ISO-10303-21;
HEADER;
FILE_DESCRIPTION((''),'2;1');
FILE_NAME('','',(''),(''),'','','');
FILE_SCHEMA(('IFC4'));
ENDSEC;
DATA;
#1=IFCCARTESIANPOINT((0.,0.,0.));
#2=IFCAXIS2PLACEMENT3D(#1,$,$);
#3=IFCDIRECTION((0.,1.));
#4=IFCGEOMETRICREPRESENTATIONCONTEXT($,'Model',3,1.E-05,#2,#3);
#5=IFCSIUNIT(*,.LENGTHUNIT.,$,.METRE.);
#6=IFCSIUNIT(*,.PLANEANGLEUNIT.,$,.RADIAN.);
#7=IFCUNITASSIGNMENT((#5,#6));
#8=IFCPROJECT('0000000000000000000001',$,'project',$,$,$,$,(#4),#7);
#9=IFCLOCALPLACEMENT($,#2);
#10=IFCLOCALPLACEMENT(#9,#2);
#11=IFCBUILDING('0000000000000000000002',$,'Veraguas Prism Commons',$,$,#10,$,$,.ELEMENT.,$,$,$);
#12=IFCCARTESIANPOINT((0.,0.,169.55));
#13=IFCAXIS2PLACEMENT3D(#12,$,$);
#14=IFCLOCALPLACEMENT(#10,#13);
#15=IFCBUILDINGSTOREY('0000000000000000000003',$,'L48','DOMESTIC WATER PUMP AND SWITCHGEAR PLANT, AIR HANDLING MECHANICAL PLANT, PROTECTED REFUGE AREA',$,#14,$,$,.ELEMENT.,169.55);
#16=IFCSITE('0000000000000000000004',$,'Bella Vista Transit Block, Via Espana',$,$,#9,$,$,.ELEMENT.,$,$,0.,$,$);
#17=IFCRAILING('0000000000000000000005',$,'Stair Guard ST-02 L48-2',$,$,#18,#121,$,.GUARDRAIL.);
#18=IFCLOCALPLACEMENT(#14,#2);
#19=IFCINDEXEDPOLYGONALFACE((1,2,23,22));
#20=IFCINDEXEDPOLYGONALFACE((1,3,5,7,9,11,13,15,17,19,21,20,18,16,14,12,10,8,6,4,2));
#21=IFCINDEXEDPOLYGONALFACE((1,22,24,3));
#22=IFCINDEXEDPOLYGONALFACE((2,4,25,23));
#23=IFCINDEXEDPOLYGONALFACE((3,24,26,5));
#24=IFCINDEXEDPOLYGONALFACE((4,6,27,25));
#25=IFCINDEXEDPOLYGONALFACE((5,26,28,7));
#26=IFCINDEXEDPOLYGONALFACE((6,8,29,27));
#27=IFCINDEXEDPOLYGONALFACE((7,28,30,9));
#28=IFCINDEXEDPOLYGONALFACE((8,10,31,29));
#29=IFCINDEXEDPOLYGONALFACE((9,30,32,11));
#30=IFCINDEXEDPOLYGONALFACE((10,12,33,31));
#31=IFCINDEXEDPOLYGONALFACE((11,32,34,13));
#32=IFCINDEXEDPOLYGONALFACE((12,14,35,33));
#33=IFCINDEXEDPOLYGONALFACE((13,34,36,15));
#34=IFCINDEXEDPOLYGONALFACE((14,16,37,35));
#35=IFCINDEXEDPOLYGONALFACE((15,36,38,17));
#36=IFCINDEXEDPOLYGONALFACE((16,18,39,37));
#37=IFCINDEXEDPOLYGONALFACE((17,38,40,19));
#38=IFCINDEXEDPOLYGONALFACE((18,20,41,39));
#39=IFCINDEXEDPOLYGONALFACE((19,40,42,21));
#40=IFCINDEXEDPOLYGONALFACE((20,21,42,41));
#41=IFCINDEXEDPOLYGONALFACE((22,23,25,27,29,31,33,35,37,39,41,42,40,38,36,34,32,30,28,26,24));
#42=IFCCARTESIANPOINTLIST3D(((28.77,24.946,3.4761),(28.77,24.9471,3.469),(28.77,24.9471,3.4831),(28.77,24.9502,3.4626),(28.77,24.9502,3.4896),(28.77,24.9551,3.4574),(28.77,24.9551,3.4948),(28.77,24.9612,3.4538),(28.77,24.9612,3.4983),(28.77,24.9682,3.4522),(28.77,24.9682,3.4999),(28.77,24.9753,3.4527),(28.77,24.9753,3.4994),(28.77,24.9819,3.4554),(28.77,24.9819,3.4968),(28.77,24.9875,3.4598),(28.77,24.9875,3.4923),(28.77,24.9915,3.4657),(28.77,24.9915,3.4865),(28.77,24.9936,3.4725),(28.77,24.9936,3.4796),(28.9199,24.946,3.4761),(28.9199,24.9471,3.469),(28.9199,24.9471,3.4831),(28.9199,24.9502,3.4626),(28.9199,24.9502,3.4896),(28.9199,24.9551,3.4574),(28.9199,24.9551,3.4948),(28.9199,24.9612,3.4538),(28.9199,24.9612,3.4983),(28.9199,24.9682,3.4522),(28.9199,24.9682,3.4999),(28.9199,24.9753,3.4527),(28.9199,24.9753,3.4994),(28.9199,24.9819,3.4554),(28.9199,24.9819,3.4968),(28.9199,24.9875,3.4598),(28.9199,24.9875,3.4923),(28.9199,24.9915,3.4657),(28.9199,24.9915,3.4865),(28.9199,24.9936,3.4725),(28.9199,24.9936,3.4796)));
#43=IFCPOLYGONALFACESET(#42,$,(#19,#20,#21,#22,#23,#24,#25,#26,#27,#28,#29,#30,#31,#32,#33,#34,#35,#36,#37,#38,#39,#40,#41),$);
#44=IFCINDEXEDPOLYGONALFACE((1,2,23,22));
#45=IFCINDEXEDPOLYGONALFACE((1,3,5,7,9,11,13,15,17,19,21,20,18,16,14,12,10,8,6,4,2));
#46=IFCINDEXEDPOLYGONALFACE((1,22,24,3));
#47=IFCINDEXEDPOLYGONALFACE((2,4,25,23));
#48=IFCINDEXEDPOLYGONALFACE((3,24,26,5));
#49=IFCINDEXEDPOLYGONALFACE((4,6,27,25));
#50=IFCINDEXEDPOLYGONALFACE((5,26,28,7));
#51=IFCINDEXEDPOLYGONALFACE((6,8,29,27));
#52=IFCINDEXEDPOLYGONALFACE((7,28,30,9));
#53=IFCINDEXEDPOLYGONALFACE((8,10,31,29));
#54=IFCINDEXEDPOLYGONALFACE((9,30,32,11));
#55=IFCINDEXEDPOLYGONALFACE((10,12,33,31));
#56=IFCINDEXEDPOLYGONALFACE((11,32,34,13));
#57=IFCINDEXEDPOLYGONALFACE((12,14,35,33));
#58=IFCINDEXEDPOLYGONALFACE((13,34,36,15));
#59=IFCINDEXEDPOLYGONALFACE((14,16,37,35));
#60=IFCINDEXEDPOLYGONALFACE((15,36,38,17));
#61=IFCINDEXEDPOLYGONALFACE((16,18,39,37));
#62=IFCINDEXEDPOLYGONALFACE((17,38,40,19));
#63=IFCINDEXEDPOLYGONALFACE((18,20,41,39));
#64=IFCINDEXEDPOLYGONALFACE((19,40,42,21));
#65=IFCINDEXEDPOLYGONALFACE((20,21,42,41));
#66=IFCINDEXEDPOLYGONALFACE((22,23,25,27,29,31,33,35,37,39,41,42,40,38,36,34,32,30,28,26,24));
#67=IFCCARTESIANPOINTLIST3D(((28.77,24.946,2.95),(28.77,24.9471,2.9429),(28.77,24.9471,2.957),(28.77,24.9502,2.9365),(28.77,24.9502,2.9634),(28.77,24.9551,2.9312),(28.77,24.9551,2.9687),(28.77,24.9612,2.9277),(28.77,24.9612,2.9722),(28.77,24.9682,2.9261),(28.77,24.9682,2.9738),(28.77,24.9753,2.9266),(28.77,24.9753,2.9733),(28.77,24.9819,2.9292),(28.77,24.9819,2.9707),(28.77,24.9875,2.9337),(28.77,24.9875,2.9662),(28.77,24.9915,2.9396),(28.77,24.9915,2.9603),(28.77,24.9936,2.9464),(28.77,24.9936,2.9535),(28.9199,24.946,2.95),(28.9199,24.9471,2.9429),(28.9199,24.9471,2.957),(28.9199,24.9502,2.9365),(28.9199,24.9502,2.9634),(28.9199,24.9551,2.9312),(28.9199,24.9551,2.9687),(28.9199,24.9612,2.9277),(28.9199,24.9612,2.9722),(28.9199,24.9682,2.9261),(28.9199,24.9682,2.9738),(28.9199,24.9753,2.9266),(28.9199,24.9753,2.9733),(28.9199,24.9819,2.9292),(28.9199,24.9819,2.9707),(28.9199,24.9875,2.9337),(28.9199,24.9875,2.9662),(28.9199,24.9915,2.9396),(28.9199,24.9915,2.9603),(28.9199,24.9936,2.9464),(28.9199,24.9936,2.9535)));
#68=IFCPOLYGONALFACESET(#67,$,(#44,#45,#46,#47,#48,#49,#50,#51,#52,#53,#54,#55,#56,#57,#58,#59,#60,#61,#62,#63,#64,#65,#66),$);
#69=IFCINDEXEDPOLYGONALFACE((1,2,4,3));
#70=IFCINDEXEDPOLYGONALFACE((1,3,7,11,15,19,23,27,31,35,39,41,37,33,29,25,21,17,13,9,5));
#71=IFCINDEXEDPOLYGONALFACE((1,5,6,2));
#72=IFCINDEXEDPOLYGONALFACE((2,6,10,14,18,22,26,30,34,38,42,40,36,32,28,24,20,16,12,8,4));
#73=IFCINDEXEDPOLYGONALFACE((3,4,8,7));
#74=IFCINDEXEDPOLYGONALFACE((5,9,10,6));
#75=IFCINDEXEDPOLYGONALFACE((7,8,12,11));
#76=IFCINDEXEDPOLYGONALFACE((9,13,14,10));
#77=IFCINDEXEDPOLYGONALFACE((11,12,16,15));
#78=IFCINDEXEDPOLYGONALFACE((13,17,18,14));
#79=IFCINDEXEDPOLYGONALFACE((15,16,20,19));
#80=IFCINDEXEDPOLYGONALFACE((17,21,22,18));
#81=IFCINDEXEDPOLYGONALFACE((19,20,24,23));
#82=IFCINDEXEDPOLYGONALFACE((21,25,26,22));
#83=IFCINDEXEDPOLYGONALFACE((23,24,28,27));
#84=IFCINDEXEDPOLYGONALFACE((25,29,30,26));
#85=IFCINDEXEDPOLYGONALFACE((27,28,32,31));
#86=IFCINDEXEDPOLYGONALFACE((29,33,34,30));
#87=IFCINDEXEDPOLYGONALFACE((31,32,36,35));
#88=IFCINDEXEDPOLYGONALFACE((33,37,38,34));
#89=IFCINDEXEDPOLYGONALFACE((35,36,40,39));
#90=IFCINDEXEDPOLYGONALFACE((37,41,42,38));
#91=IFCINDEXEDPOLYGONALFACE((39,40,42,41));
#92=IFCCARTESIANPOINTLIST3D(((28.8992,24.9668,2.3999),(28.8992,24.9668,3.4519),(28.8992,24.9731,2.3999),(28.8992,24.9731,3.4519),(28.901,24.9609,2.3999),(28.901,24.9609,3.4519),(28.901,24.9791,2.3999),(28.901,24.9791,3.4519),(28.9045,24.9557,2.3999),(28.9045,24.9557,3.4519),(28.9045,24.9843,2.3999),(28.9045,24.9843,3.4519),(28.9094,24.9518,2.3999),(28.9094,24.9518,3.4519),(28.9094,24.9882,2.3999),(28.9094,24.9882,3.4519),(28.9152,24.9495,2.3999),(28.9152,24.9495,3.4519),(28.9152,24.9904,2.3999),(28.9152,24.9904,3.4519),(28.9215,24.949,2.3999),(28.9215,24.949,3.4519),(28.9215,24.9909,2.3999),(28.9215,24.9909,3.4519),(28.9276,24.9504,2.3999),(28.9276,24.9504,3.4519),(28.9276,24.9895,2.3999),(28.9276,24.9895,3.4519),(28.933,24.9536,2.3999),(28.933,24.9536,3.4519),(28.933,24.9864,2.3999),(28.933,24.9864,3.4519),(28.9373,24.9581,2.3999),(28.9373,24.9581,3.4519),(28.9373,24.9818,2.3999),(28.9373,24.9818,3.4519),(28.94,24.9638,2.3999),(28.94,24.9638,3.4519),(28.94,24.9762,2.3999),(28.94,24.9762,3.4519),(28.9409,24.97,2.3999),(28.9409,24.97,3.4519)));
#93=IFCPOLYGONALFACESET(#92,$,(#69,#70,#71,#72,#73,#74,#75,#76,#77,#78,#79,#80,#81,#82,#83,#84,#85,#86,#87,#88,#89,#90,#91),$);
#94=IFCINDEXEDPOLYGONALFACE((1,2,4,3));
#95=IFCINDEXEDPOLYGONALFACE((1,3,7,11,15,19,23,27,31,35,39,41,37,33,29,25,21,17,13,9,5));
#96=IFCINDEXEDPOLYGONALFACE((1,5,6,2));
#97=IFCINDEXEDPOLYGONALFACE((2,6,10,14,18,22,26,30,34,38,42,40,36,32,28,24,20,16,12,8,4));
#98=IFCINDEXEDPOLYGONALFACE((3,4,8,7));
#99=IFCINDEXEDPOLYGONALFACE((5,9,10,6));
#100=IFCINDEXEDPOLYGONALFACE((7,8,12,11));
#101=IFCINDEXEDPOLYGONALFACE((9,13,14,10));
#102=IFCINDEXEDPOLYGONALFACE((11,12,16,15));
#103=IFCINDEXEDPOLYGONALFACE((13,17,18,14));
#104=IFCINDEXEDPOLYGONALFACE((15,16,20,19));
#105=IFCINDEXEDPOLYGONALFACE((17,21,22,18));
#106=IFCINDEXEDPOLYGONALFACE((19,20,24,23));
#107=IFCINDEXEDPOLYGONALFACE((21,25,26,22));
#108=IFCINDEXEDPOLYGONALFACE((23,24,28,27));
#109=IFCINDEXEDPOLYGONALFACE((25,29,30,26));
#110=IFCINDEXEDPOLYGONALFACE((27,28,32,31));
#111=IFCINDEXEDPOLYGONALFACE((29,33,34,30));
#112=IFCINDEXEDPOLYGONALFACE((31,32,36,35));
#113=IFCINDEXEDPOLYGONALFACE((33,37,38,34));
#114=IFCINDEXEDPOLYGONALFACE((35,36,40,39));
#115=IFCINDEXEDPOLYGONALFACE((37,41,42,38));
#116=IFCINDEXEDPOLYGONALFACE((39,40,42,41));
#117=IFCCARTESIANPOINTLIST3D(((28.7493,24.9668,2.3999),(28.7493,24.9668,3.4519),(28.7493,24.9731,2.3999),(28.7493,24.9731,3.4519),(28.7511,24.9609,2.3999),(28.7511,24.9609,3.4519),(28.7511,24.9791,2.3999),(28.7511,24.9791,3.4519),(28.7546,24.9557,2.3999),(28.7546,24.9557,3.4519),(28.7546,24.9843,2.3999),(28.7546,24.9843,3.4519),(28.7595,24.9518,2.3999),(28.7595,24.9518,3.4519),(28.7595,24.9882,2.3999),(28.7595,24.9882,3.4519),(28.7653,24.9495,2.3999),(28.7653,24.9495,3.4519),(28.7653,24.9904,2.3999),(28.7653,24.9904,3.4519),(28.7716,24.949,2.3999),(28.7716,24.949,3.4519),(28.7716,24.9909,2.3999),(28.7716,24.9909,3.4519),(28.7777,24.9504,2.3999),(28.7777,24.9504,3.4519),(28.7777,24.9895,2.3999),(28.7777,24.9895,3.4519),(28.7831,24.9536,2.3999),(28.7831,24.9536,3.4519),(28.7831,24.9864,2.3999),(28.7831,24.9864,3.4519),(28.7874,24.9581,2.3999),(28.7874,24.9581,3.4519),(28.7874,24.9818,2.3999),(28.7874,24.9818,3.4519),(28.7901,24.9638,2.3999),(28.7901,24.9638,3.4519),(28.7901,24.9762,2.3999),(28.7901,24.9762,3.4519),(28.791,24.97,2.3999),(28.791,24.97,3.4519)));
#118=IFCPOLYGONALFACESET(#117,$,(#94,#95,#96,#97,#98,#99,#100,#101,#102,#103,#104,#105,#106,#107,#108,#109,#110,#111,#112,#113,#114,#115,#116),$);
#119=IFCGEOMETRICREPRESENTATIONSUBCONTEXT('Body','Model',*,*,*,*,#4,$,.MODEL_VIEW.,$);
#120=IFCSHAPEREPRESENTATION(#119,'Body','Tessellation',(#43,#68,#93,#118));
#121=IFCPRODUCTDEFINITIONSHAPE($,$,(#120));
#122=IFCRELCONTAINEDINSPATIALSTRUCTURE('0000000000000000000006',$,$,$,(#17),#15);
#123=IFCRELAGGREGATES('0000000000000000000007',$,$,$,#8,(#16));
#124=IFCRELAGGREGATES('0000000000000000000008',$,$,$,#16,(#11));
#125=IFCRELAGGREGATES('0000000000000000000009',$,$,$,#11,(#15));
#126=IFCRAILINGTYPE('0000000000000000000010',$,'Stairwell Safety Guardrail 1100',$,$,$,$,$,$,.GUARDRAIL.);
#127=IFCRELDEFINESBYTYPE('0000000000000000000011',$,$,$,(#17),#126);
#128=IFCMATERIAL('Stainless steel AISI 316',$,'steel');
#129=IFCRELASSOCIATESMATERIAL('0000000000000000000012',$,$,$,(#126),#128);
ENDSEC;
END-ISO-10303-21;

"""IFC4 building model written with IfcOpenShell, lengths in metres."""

from ifc_helpers import new_model, si_unit, direction, frame, origin, origin_2d, place, context, subcontext, project, spatial, circle, extrude, material, type_object, element, save


model = new_model("IFC4")

# Units and contexts
model_context = context("Model", 3, precision=1e-05, world=origin(), true_north=direction((0.0, 1.0)))
body_context = subcontext(model_context, "Body", "Model", "MODEL_VIEW")
ifc_project = project(units=[si_unit("LENGTHUNIT", "METRE"), si_unit("PLANEANGLEUNIT", "RADIAN")], contexts=[model_context])

# Site, building, storey
site_placement = place(None, origin())
site = spatial("IfcSite", under=ifc_project, at=site_placement, Name="Bella Vista Transit Block, Via Espana", CompositionType="ELEMENT", RefElevation=0.0)
building_placement = place(site_placement, origin())
building = spatial("IfcBuilding", under=site, at=building_placement, Name="Veraguas Prism Commons", CompositionType="ELEMENT")
storey_placement = place(building_placement, frame((0.0, 0.0, 169.55)))
storey = spatial("IfcBuildingStorey", under=building, at=storey_placement, Name="L48", Description="DOMESTIC WATER PUMP AND SWITCHGEAR PLANT, AIR HANDLING MECHANICAL PLANT, PROTECTED REFUGE AREA", CompositionType="ELEMENT", Elevation=169.55)

# Shared definitions
ifc_material_1 = material(Name="Stainless steel AISI 316", Category="steel")

# Railing
railing_type_1 = type_object("IfcRailingType", Name="Stairwell Safety Guardrail 1100", PredefinedType="GUARDRAIL", material=ifc_material_1)
railing_1_placement = place(storey_placement, frame((28.9199, 24.97, 2.3999)))
element("IfcRailing", 1, at=railing_1_placement, inside=storey, type_object=railing_type_1, Name="Stair Guard ST-02 L48-2", PredefinedType="GUARDRAIL", context=body_context, shape_type="SweptSolid", body=[
    extrude(circle(Radius=0.0239, at=origin_2d()), frame((0.0, 0.0, 1.0762), z_axis=(-1.0, 0.0, 0.0), x_axis=(0.0, -1.0, 0.0)), (0.0, 0.0, 1.0), 0.1499),
    extrude(circle(Radius=0.0239, at=origin_2d()), frame((0.0, 0.0, 0.55), z_axis=(-1.0, 0.0, 0.0), x_axis=(0.0, -1.0, 0.0)), (0.0, 0.0, 1.0), 0.1499),
    extrude(circle(Radius=0.021, at=origin_2d()), origin(), (0.0, 0.0, 1.0), 1.052),
    extrude(circle(Radius=0.021, at=origin_2d()), frame((-0.1499, 0.0, 0.0)), (0.0, 0.0, 1.0), 1.052),
])

save(model, "model.ifc")
